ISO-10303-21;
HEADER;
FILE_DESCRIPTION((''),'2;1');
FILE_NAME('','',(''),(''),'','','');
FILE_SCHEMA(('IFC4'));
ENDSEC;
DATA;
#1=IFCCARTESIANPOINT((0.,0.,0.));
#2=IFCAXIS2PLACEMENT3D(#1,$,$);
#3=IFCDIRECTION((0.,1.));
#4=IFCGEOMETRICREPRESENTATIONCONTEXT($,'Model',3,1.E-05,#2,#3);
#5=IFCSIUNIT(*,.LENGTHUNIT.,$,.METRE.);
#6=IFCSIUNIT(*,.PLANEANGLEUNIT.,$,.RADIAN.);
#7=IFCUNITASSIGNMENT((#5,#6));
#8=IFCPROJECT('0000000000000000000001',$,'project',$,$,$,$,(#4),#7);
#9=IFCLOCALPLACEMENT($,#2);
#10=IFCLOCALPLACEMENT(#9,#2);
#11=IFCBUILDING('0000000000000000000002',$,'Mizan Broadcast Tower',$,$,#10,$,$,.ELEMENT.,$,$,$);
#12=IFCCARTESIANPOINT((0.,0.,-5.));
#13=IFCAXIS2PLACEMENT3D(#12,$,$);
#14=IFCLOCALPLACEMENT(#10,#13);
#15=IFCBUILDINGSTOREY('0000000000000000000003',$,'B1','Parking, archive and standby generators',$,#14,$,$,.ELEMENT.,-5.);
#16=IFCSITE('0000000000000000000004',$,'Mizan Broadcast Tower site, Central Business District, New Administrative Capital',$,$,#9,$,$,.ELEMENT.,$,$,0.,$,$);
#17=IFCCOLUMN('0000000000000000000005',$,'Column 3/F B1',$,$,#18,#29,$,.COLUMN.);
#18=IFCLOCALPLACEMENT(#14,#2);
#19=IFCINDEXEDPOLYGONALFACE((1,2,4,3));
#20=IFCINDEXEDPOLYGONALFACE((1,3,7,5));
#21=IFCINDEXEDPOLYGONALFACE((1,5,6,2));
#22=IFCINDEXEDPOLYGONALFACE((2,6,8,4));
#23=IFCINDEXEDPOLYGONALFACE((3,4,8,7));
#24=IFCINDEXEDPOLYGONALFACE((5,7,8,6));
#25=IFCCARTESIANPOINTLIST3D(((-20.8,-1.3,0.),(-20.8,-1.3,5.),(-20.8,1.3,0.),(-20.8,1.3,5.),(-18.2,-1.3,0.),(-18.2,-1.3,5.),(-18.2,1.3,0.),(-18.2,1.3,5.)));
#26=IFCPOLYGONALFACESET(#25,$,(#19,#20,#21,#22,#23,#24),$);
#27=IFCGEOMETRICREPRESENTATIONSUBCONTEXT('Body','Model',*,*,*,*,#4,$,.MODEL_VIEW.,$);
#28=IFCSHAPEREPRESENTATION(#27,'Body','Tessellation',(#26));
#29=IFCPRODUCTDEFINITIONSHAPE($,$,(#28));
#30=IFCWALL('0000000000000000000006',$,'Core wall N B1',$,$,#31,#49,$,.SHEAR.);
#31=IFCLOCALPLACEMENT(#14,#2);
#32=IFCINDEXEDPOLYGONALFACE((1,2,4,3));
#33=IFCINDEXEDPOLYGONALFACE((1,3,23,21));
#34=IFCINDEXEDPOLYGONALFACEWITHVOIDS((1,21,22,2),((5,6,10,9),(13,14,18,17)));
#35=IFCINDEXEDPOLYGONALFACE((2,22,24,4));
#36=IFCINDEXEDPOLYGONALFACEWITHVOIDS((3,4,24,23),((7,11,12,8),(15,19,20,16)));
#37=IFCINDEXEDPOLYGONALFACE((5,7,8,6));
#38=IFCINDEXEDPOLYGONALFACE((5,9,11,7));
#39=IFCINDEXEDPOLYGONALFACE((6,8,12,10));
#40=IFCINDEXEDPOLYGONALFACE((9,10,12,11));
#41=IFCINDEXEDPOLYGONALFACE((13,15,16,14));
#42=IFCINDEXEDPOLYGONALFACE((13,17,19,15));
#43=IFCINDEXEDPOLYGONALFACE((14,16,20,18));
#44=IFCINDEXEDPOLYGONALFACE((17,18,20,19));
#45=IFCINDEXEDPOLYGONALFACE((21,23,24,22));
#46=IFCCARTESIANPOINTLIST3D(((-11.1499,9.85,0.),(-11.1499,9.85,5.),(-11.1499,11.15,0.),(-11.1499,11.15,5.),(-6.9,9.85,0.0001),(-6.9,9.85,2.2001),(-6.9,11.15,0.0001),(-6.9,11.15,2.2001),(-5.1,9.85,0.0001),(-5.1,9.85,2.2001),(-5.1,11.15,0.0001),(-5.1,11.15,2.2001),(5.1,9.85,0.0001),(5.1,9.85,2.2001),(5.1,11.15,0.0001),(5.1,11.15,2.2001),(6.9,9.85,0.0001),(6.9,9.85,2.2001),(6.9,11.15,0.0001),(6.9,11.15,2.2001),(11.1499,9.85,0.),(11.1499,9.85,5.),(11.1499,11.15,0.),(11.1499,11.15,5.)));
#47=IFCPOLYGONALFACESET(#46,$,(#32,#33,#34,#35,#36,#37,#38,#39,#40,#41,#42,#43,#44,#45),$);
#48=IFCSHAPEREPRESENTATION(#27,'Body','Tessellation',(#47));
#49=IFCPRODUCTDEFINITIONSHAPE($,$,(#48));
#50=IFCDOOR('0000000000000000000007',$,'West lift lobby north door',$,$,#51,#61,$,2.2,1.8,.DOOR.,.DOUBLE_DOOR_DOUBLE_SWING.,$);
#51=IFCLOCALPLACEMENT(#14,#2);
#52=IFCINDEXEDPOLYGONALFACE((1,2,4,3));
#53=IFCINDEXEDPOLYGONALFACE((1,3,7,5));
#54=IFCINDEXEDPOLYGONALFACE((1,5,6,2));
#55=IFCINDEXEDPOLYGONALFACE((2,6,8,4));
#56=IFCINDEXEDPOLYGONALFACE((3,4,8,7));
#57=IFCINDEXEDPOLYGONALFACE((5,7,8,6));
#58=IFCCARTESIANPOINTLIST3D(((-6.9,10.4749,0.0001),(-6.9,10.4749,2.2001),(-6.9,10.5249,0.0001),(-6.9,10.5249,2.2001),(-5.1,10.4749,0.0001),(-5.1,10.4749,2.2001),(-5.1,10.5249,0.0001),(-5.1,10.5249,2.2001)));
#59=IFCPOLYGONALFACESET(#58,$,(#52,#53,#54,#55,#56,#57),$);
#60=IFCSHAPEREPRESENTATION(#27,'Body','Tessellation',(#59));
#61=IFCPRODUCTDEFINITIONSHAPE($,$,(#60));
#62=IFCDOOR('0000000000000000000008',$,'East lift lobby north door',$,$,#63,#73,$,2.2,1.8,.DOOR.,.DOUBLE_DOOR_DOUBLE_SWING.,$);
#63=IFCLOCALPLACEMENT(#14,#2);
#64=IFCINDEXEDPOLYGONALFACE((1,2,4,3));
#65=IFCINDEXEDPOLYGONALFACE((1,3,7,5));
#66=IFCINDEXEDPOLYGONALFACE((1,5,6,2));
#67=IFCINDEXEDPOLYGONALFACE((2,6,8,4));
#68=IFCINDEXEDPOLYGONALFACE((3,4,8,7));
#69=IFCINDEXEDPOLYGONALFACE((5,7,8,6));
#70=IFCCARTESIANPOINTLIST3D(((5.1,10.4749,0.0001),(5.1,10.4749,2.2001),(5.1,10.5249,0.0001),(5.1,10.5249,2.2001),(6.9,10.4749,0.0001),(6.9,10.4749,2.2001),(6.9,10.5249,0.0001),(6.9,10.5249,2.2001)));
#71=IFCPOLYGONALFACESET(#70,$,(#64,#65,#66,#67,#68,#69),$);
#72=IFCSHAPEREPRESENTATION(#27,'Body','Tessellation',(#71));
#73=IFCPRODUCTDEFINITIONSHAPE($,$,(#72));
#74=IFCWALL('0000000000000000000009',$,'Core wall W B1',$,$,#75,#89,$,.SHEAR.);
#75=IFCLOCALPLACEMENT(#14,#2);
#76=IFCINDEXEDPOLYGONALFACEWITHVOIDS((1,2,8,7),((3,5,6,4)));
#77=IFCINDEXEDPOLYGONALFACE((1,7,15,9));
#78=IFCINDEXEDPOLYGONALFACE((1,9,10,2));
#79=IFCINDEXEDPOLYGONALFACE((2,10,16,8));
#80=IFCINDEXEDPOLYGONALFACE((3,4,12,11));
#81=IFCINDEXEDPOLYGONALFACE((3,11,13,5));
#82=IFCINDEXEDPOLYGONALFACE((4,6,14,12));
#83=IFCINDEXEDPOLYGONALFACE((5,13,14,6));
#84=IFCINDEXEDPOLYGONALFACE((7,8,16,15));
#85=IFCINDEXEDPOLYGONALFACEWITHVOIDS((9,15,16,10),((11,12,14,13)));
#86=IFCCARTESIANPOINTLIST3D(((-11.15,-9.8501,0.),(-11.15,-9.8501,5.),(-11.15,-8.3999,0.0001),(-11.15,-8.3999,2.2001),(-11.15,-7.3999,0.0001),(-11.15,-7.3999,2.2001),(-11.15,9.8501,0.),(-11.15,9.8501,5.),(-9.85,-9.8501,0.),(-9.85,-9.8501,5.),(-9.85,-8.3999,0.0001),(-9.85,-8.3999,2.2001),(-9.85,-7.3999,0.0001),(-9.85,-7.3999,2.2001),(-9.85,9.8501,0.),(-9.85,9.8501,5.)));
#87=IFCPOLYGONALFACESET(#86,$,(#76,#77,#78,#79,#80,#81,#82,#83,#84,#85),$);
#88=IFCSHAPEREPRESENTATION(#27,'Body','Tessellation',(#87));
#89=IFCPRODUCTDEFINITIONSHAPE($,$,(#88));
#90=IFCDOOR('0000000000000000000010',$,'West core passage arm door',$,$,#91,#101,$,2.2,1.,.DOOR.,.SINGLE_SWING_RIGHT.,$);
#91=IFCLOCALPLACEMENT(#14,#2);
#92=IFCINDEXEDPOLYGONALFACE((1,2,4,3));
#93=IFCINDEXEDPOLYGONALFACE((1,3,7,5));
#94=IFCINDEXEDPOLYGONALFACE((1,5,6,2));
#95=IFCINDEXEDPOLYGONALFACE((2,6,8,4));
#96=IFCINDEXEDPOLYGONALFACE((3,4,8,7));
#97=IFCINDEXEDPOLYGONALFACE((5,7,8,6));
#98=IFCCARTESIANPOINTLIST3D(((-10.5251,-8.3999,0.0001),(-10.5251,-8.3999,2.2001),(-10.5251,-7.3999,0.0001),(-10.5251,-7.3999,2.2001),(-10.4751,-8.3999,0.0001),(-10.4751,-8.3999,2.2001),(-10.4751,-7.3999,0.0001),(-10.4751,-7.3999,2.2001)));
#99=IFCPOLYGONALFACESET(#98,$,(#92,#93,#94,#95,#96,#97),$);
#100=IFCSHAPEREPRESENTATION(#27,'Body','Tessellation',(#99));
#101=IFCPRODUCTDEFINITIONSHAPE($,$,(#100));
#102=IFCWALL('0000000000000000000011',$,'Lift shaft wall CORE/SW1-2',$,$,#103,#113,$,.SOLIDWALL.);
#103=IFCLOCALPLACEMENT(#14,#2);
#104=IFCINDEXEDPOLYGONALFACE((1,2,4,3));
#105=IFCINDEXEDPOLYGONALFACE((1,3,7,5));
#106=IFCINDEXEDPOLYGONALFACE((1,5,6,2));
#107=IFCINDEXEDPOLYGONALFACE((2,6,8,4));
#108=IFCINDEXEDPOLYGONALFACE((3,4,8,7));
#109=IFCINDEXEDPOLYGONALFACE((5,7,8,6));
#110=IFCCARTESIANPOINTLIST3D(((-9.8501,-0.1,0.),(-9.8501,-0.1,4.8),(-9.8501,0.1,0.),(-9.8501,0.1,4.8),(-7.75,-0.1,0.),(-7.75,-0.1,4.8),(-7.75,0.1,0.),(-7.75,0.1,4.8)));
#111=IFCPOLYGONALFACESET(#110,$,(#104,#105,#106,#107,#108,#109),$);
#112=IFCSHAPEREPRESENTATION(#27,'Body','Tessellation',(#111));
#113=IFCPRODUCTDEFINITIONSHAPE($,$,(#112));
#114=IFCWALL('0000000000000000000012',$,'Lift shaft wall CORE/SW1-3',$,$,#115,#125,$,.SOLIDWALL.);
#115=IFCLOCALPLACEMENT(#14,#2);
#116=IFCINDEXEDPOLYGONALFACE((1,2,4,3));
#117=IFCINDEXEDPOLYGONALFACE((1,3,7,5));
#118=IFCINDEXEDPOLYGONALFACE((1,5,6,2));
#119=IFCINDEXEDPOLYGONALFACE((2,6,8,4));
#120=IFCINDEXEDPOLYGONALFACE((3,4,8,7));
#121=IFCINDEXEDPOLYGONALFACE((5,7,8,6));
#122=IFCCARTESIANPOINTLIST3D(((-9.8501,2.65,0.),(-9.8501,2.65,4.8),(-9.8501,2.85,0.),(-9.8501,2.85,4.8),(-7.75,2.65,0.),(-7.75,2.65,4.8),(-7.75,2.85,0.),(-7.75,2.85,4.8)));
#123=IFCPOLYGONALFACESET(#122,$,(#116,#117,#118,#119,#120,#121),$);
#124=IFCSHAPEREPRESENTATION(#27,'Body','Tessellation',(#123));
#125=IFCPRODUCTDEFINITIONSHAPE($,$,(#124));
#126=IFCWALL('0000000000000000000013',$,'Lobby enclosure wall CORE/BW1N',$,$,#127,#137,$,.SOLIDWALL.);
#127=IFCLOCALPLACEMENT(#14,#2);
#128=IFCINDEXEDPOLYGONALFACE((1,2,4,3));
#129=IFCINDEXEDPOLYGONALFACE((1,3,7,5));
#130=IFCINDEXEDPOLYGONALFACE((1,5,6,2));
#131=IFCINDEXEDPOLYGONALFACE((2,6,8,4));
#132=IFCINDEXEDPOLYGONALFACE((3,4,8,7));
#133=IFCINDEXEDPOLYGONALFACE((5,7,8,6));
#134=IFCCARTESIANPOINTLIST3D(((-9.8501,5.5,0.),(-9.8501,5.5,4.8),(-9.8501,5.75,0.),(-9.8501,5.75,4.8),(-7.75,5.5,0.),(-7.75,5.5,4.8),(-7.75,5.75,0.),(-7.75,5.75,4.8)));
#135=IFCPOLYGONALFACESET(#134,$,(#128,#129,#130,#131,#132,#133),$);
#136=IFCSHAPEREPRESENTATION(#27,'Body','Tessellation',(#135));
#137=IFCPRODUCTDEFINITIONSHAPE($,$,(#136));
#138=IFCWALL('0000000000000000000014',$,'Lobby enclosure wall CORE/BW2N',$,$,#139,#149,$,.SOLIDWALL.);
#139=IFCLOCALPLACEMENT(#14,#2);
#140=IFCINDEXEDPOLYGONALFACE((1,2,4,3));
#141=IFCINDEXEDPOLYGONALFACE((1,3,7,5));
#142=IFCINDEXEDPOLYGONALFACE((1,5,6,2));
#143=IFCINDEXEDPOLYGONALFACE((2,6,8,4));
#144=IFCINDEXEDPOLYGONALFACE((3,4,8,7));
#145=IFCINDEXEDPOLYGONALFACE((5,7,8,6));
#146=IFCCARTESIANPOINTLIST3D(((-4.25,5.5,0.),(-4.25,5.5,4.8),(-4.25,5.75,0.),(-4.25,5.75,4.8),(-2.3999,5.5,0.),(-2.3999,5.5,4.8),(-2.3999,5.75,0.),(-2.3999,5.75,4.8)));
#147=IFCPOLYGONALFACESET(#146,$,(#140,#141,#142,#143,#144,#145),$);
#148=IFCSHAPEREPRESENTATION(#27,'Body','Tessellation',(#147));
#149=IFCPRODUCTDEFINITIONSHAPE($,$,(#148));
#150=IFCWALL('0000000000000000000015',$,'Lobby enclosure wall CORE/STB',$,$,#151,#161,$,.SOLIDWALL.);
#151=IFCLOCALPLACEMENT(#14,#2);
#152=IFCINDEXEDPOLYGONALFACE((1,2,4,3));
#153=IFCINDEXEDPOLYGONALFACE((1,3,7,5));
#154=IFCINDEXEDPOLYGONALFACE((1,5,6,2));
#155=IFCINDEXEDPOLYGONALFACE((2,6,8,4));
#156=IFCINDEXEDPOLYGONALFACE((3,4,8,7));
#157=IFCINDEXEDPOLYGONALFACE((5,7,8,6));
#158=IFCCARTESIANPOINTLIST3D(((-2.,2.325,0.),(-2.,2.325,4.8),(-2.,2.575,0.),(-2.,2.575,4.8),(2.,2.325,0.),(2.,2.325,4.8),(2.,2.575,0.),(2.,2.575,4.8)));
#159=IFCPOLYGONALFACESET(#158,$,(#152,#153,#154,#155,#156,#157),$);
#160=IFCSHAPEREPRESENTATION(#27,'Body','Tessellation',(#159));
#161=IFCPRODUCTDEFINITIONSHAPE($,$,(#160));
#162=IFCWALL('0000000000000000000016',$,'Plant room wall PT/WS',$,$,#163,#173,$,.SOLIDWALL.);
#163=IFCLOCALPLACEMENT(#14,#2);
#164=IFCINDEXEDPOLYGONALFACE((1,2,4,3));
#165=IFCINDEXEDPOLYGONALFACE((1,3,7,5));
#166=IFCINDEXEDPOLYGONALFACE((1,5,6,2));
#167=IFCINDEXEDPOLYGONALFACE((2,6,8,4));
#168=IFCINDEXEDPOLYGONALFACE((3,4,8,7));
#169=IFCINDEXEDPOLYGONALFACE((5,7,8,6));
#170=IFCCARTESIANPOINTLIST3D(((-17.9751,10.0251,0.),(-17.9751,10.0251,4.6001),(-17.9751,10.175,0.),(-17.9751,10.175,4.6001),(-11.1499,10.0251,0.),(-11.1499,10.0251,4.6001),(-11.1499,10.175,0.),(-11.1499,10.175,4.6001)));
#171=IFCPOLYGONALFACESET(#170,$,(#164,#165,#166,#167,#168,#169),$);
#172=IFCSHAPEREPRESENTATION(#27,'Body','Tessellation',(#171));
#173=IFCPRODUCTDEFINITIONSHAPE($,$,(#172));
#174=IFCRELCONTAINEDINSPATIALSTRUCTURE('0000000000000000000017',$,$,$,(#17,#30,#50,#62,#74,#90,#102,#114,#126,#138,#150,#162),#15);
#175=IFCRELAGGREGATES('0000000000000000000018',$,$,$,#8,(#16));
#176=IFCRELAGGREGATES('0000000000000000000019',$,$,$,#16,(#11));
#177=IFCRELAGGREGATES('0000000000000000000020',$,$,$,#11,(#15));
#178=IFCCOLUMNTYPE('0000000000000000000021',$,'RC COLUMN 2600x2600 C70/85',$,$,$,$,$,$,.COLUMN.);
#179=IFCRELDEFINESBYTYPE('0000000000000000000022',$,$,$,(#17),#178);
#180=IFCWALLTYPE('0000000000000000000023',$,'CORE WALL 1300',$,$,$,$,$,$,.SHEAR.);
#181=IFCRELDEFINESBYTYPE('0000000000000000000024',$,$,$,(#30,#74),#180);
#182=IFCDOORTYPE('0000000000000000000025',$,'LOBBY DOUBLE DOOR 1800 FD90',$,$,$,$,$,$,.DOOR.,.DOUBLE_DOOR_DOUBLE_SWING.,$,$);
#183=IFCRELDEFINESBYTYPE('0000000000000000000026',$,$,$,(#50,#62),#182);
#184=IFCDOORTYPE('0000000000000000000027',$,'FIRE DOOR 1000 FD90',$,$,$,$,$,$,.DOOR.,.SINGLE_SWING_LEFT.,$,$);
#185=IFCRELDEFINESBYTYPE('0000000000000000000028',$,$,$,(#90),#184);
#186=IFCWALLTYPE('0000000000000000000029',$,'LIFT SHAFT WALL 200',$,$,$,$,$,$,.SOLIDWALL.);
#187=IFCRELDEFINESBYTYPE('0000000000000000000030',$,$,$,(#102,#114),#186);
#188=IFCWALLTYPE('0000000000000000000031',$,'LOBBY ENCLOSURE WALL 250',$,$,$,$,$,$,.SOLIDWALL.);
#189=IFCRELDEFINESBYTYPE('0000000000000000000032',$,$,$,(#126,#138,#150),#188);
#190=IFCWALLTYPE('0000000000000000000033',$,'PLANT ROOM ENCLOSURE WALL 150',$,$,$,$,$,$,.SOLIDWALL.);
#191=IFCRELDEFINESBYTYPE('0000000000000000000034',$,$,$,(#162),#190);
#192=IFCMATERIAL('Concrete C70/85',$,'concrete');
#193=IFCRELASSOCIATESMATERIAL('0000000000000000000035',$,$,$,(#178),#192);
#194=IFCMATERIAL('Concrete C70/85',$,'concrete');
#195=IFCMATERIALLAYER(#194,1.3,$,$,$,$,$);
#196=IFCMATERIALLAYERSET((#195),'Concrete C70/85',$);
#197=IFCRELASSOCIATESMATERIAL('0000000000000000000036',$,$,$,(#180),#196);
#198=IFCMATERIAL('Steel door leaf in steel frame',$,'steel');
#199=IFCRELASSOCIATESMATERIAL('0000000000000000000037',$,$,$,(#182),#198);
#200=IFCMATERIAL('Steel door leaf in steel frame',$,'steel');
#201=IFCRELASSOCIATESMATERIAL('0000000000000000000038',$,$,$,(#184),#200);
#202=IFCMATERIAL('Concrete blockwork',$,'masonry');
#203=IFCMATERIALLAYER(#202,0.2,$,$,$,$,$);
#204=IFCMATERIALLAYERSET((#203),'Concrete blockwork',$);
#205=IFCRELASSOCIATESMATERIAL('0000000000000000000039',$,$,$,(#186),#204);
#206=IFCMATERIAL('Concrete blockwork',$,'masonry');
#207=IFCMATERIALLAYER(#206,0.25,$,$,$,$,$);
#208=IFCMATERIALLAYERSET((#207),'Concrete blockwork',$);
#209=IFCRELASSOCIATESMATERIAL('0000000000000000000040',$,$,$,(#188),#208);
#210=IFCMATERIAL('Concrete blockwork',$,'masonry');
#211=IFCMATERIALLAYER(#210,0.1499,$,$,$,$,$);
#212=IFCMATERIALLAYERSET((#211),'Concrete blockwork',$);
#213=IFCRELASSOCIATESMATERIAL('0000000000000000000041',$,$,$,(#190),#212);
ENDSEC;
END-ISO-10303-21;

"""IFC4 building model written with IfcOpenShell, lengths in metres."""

from ifc_helpers import new_model, si_unit, direction, frame, frame_2d, origin, origin_2d, place, context, subcontext, project, spatial, rectangle, extrude, material, layer, layer_set, material_profile, profile_set, type_object, element, fill, save


model = new_model("IFC4")

# Units and contexts
model_context = context("Model", 3, precision=1e-05, world=origin(), true_north=direction((0.0, 1.0)))
body_context = subcontext(model_context, "Body", "Model", "MODEL_VIEW")
ifc_project = project(units=[si_unit("LENGTHUNIT", "METRE"), si_unit("PLANEANGLEUNIT", "RADIAN")], contexts=[model_context])

# Site, building, storey
site_placement = place(None, origin())
site = spatial("IfcSite", under=ifc_project, at=site_placement, Name="Mizan Broadcast Tower site, Central Business District, New Administrative Capital", CompositionType="ELEMENT", RefElevation=0.0)
building_placement = place(site_placement, origin())
building = spatial("IfcBuilding", under=site, at=building_placement, Name="Mizan Broadcast Tower", CompositionType="ELEMENT")
storey_placement = place(building_placement, frame((0.0, 0.0, -5.0)))
storey = spatial("IfcBuildingStorey", under=building, at=storey_placement, Name="B1", Description="Parking, archive and standby generators", CompositionType="ELEMENT", Elevation=-5.0)

# Column
ifc_material_1 = material(Name="Concrete C70/85", Category="concrete")
ifc_material_profile = material_profile(ifc_material_1, rectangle(XDim=2.6001, YDim=2.6001, at=origin_2d()), Name="RC 2600x2600")
ifc_profile_set = profile_set([ifc_material_profile], Name="Concrete C70/85")
column_type = type_object("IfcColumnType", Name="RC COLUMN 2600x2600 C70/85", PredefinedType="COLUMN", material=ifc_profile_set)
column_placement = place(storey_placement, frame((-19.5, 0.0, 0.0), z_axis=(0.0, 0.0, 1.0), x_axis=(1.0, 0.0, 0.0)))
element("IfcColumn", 1, at=column_placement, inside=storey, type_object=column_type, Name="Column 3/F B1", PredefinedType="COLUMN", context=body_context, shape_type="SweptSolid", body=[
    extrude(rectangle(XDim=2.6001, YDim=2.6001, at=origin_2d()), origin(), (0.0, 0.0, 1.0), 5.0),
])

# Wall, openings, doors
ifc_material_2 = material(Name="Concrete C70/85", Category="concrete")
ifc_layer_1 = layer(ifc_material_2, 1.3)
ifc_layer_set_1 = layer_set([ifc_layer_1], Name="Concrete C70/85")
wall_type_1 = type_object("IfcWallType", Name="CORE WALL 1300", PredefinedType="SHEAR", material=ifc_layer_set_1)
wall_1_placement = place(storey_placement, frame((-11.1499, 10.5, 0.0), z_axis=(0.0, 0.0, 1.0), x_axis=(1.0, 0.0, 0.0)))
wall_1 = element("IfcWall", 2, at=wall_1_placement, inside=storey, type_object=wall_type_1, Name="Core wall N B1", PredefinedType="SHEAR", context=body_context, shape_type="SweptSolid", body=[
    extrude(rectangle(XDim=22.2998, YDim=1.3, at=frame_2d((11.1499, 0.0))), origin(), (0.0, 0.0, 1.0), 5.0),
])
opening_1_placement = place(wall_1_placement, frame((4.25, 0.0, 0.0)))
opening_1 = element("IfcOpeningElement", 3, at=opening_1_placement, cuts=wall_1, PredefinedType="OPENING", context=body_context, shape_type="SweptSolid", body=[
    extrude(rectangle(XDim=1.8, YDim=2.2, at=frame_2d((0.8999, 1.1001))), frame((0.0, 0.6599, 0.0), z_axis=(0.0, -1.0, 0.0), x_axis=(1.0, 0.0, 0.0)), (0.0, 0.0, 1.0), 1.3201),
])
opening_2_placement = place(wall_1_placement, frame((16.25, 0.0, 0.0)))
opening_2 = element("IfcOpeningElement", 4, at=opening_2_placement, cuts=wall_1, PredefinedType="OPENING", context=body_context, shape_type="SweptSolid", body=[
    extrude(rectangle(XDim=1.8, YDim=2.2, at=frame_2d((0.8999, 1.1001))), frame((0.0, 0.6599, 0.0), z_axis=(0.0, -1.0, 0.0), x_axis=(1.0, 0.0, 0.0)), (0.0, 0.0, 1.0), 1.3201),
])
ifc_material_3 = material(Name="Steel door leaf in steel frame", Category="steel")
door_type_1 = type_object("IfcDoorType", Name="LOBBY DOUBLE DOOR 1800 FD90", OperationType="DOUBLE_DOOR_DOUBLE_SWING", PredefinedType="DOOR", material=ifc_material_3)
door_1_placement = place(opening_1_placement, origin())
door_1 = element("IfcDoor", 5, at=door_1_placement, inside=storey, type_object=door_type_1, Name="West lift lobby north door", OperationType="DOUBLE_DOOR_DOUBLE_SWING", OverallHeight=2.2, OverallWidth=1.8, PredefinedType="DOOR", context=body_context, shape_type="SweptSolid", body=[
    extrude(rectangle(XDim=1.8, YDim=2.2, at=frame_2d((0.8999, 1.1001))), frame((0.0, 0.0249, 0.0), z_axis=(0.0, -1.0, 0.0), x_axis=(1.0, 0.0, 0.0)), (0.0, 0.0, 1.0), 0.05),
])
fill(opening_1, door_1)
door_2_placement = place(opening_2_placement, origin())
door_2 = element("IfcDoor", 6, at=door_2_placement, inside=storey, type_object=door_type_1, Name="East lift lobby north door", OperationType="DOUBLE_DOOR_DOUBLE_SWING", OverallHeight=2.2, OverallWidth=1.8, PredefinedType="DOOR", context=body_context, shape_type="SweptSolid", body=[
    extrude(rectangle(XDim=1.8, YDim=2.2, at=frame_2d((0.8999, 1.1001))), frame((0.0, 0.0249, 0.0), z_axis=(0.0, -1.0, 0.0), x_axis=(1.0, 0.0, 0.0)), (0.0, 0.0, 1.0), 0.05),
])
fill(opening_2, door_2)

# Wall, opening, door
wall_2_placement = place(storey_placement, frame((-10.5, 9.8501, 0.0), z_axis=(0.0, 0.0, 1.0), x_axis=(0.0, -1.0, 0.0)))
wall_2 = element("IfcWall", 7, at=wall_2_placement, inside=storey, type_object=wall_type_1, Name="Core wall W B1", PredefinedType="SHEAR", context=body_context, shape_type="SweptSolid", body=[
    extrude(rectangle(XDim=19.7002, YDim=1.3, at=frame_2d((9.8501, 0.0))), origin(), (0.0, 0.0, 1.0), 5.0),
])
opening_3_placement = place(wall_2_placement, frame((17.25, 0.0, 0.0)))
opening_3 = element("IfcOpeningElement", 8, at=opening_3_placement, cuts=wall_2, PredefinedType="OPENING", context=body_context, shape_type="SweptSolid", body=[
    extrude(rectangle(XDim=1.0, YDim=2.2, at=frame_2d((0.5, 1.1001))), frame((0.0, 0.6599, 0.0), z_axis=(0.0, -1.0, 0.0), x_axis=(1.0, 0.0, 0.0)), (0.0, 0.0, 1.0), 1.3201),
])
ifc_material_4 = material(Name="Steel door leaf in steel frame", Category="steel")
door_type_2 = type_object("IfcDoorType", Name="FIRE DOOR 1000 FD90", OperationType="SINGLE_SWING_LEFT", PredefinedType="DOOR", material=ifc_material_4)
door_3_placement = place(opening_3_placement, origin())
door_3 = element("IfcDoor", 9, at=door_3_placement, inside=storey, type_object=door_type_2, Name="West core passage arm door", OperationType="SINGLE_SWING_RIGHT", OverallHeight=2.2, OverallWidth=1.0, PredefinedType="DOOR", context=body_context, shape_type="SweptSolid", body=[
    extrude(rectangle(XDim=1.0, YDim=2.2, at=frame_2d((0.5, 1.1001))), frame((0.0, 0.0249, 0.0), z_axis=(0.0, -1.0, 0.0), x_axis=(1.0, 0.0, 0.0)), (0.0, 0.0, 1.0), 0.05),
])
fill(opening_3, door_3)

# Walls
ifc_material_5 = material(Name="Concrete blockwork", Category="masonry")
ifc_layer_2 = layer(ifc_material_5, 0.2)
ifc_layer_set_2 = layer_set([ifc_layer_2], Name="Concrete blockwork")
wall_type_2 = type_object("IfcWallType", Name="LIFT SHAFT WALL 200", PredefinedType="SOLIDWALL", material=ifc_layer_set_2)
for number, where, z_axis, x_axis, name in (
    (10, (-9.8501, 0.0, 0.0), (0.0, 0.0, 1.0), (1.0, 0.0, 0.0), "Lift shaft wall CORE/SW1-2"),
    (11, (-9.8501, 2.75, 0.0), (0.0, 0.0, 1.0), (1.0, 0.0, 0.0), "Lift shaft wall CORE/SW1-3"),
):
    element("IfcWall", number, at=place(storey_placement, frame(where, z_axis=z_axis, x_axis=x_axis)), inside=storey, type_object=wall_type_2, Name=name, PredefinedType="SOLIDWALL", context=body_context, shape_type="SweptSolid", body=[
        extrude(rectangle(XDim=2.1001, YDim=0.2, at=frame_2d((1.05, 0.0))), origin(), (0.0, 0.0, 1.0), 4.8),
    ])
ifc_material_6 = material(Name="Concrete blockwork", Category="masonry")
ifc_layer_3 = layer(ifc_material_6, 0.25)
ifc_layer_set_3 = layer_set([ifc_layer_3], Name="Concrete blockwork")
wall_type_3 = type_object("IfcWallType", Name="LOBBY ENCLOSURE WALL 250", PredefinedType="SOLIDWALL", material=ifc_layer_set_3)
wall_3_placement = place(storey_placement, frame((-9.8501, 5.625, 0.0), z_axis=(0.0, 0.0, 1.0), x_axis=(1.0, 0.0, 0.0)))
element("IfcWall", 12, at=wall_3_placement, inside=storey, type_object=wall_type_3, Name="Lobby enclosure wall CORE/BW1N", PredefinedType="SOLIDWALL", context=body_context, shape_type="SweptSolid", body=[
    extrude(rectangle(XDim=2.1001, YDim=0.25, at=frame_2d((1.05, 0.0))), origin(), (0.0, 0.0, 1.0), 4.8),
])
wall_4_placement = place(storey_placement, frame((-4.25, 5.625, 0.0), z_axis=(0.0, 0.0, 1.0), x_axis=(1.0, 0.0, 0.0)))
element("IfcWall", 13, at=wall_4_placement, inside=storey, type_object=wall_type_3, Name="Lobby enclosure wall CORE/BW2N", PredefinedType="SOLIDWALL", context=body_context, shape_type="SweptSolid", body=[
    extrude(rectangle(XDim=1.8501, YDim=0.25, at=frame_2d((0.925, 0.0))), origin(), (0.0, 0.0, 1.0), 4.8),
])
wall_5_placement = place(storey_placement, frame((-2.0, 2.45, 0.0), z_axis=(0.0, 0.0, 1.0), x_axis=(1.0, 0.0, 0.0)))
element("IfcWall", 14, at=wall_5_placement, inside=storey, type_object=wall_type_3, Name="Lobby enclosure wall CORE/STB", PredefinedType="SOLIDWALL", context=body_context, shape_type="SweptSolid", body=[
    extrude(rectangle(XDim=4.0, YDim=0.25, at=frame_2d((2.0, 0.0))), origin(), (0.0, 0.0, 1.0), 4.8),
])
ifc_material_7 = material(Name="Concrete blockwork", Category="masonry")
ifc_layer_4 = layer(ifc_material_7, 0.1499)
ifc_layer_set_4 = layer_set([ifc_layer_4], Name="Concrete blockwork")
wall_type_4 = type_object("IfcWallType", Name="PLANT ROOM ENCLOSURE WALL 150", PredefinedType="SOLIDWALL", material=ifc_layer_set_4)
wall_6_placement = place(storey_placement, frame((-11.1499, 10.1001, 0.0), z_axis=(0.0, 0.0, 1.0), x_axis=(-1.0, 0.0, 0.0)))
element("IfcWall", 15, at=wall_6_placement, inside=storey, type_object=wall_type_4, Name="Plant room wall PT/WS", PredefinedType="SOLIDWALL", context=body_context, shape_type="SweptSolid", body=[
    extrude(rectangle(XDim=6.8252, YDim=0.1499, at=frame_2d((3.4126, 0.0))), origin(), (0.0, 0.0, 1.0), 4.6001),
])

save(model, "model.ifc")
